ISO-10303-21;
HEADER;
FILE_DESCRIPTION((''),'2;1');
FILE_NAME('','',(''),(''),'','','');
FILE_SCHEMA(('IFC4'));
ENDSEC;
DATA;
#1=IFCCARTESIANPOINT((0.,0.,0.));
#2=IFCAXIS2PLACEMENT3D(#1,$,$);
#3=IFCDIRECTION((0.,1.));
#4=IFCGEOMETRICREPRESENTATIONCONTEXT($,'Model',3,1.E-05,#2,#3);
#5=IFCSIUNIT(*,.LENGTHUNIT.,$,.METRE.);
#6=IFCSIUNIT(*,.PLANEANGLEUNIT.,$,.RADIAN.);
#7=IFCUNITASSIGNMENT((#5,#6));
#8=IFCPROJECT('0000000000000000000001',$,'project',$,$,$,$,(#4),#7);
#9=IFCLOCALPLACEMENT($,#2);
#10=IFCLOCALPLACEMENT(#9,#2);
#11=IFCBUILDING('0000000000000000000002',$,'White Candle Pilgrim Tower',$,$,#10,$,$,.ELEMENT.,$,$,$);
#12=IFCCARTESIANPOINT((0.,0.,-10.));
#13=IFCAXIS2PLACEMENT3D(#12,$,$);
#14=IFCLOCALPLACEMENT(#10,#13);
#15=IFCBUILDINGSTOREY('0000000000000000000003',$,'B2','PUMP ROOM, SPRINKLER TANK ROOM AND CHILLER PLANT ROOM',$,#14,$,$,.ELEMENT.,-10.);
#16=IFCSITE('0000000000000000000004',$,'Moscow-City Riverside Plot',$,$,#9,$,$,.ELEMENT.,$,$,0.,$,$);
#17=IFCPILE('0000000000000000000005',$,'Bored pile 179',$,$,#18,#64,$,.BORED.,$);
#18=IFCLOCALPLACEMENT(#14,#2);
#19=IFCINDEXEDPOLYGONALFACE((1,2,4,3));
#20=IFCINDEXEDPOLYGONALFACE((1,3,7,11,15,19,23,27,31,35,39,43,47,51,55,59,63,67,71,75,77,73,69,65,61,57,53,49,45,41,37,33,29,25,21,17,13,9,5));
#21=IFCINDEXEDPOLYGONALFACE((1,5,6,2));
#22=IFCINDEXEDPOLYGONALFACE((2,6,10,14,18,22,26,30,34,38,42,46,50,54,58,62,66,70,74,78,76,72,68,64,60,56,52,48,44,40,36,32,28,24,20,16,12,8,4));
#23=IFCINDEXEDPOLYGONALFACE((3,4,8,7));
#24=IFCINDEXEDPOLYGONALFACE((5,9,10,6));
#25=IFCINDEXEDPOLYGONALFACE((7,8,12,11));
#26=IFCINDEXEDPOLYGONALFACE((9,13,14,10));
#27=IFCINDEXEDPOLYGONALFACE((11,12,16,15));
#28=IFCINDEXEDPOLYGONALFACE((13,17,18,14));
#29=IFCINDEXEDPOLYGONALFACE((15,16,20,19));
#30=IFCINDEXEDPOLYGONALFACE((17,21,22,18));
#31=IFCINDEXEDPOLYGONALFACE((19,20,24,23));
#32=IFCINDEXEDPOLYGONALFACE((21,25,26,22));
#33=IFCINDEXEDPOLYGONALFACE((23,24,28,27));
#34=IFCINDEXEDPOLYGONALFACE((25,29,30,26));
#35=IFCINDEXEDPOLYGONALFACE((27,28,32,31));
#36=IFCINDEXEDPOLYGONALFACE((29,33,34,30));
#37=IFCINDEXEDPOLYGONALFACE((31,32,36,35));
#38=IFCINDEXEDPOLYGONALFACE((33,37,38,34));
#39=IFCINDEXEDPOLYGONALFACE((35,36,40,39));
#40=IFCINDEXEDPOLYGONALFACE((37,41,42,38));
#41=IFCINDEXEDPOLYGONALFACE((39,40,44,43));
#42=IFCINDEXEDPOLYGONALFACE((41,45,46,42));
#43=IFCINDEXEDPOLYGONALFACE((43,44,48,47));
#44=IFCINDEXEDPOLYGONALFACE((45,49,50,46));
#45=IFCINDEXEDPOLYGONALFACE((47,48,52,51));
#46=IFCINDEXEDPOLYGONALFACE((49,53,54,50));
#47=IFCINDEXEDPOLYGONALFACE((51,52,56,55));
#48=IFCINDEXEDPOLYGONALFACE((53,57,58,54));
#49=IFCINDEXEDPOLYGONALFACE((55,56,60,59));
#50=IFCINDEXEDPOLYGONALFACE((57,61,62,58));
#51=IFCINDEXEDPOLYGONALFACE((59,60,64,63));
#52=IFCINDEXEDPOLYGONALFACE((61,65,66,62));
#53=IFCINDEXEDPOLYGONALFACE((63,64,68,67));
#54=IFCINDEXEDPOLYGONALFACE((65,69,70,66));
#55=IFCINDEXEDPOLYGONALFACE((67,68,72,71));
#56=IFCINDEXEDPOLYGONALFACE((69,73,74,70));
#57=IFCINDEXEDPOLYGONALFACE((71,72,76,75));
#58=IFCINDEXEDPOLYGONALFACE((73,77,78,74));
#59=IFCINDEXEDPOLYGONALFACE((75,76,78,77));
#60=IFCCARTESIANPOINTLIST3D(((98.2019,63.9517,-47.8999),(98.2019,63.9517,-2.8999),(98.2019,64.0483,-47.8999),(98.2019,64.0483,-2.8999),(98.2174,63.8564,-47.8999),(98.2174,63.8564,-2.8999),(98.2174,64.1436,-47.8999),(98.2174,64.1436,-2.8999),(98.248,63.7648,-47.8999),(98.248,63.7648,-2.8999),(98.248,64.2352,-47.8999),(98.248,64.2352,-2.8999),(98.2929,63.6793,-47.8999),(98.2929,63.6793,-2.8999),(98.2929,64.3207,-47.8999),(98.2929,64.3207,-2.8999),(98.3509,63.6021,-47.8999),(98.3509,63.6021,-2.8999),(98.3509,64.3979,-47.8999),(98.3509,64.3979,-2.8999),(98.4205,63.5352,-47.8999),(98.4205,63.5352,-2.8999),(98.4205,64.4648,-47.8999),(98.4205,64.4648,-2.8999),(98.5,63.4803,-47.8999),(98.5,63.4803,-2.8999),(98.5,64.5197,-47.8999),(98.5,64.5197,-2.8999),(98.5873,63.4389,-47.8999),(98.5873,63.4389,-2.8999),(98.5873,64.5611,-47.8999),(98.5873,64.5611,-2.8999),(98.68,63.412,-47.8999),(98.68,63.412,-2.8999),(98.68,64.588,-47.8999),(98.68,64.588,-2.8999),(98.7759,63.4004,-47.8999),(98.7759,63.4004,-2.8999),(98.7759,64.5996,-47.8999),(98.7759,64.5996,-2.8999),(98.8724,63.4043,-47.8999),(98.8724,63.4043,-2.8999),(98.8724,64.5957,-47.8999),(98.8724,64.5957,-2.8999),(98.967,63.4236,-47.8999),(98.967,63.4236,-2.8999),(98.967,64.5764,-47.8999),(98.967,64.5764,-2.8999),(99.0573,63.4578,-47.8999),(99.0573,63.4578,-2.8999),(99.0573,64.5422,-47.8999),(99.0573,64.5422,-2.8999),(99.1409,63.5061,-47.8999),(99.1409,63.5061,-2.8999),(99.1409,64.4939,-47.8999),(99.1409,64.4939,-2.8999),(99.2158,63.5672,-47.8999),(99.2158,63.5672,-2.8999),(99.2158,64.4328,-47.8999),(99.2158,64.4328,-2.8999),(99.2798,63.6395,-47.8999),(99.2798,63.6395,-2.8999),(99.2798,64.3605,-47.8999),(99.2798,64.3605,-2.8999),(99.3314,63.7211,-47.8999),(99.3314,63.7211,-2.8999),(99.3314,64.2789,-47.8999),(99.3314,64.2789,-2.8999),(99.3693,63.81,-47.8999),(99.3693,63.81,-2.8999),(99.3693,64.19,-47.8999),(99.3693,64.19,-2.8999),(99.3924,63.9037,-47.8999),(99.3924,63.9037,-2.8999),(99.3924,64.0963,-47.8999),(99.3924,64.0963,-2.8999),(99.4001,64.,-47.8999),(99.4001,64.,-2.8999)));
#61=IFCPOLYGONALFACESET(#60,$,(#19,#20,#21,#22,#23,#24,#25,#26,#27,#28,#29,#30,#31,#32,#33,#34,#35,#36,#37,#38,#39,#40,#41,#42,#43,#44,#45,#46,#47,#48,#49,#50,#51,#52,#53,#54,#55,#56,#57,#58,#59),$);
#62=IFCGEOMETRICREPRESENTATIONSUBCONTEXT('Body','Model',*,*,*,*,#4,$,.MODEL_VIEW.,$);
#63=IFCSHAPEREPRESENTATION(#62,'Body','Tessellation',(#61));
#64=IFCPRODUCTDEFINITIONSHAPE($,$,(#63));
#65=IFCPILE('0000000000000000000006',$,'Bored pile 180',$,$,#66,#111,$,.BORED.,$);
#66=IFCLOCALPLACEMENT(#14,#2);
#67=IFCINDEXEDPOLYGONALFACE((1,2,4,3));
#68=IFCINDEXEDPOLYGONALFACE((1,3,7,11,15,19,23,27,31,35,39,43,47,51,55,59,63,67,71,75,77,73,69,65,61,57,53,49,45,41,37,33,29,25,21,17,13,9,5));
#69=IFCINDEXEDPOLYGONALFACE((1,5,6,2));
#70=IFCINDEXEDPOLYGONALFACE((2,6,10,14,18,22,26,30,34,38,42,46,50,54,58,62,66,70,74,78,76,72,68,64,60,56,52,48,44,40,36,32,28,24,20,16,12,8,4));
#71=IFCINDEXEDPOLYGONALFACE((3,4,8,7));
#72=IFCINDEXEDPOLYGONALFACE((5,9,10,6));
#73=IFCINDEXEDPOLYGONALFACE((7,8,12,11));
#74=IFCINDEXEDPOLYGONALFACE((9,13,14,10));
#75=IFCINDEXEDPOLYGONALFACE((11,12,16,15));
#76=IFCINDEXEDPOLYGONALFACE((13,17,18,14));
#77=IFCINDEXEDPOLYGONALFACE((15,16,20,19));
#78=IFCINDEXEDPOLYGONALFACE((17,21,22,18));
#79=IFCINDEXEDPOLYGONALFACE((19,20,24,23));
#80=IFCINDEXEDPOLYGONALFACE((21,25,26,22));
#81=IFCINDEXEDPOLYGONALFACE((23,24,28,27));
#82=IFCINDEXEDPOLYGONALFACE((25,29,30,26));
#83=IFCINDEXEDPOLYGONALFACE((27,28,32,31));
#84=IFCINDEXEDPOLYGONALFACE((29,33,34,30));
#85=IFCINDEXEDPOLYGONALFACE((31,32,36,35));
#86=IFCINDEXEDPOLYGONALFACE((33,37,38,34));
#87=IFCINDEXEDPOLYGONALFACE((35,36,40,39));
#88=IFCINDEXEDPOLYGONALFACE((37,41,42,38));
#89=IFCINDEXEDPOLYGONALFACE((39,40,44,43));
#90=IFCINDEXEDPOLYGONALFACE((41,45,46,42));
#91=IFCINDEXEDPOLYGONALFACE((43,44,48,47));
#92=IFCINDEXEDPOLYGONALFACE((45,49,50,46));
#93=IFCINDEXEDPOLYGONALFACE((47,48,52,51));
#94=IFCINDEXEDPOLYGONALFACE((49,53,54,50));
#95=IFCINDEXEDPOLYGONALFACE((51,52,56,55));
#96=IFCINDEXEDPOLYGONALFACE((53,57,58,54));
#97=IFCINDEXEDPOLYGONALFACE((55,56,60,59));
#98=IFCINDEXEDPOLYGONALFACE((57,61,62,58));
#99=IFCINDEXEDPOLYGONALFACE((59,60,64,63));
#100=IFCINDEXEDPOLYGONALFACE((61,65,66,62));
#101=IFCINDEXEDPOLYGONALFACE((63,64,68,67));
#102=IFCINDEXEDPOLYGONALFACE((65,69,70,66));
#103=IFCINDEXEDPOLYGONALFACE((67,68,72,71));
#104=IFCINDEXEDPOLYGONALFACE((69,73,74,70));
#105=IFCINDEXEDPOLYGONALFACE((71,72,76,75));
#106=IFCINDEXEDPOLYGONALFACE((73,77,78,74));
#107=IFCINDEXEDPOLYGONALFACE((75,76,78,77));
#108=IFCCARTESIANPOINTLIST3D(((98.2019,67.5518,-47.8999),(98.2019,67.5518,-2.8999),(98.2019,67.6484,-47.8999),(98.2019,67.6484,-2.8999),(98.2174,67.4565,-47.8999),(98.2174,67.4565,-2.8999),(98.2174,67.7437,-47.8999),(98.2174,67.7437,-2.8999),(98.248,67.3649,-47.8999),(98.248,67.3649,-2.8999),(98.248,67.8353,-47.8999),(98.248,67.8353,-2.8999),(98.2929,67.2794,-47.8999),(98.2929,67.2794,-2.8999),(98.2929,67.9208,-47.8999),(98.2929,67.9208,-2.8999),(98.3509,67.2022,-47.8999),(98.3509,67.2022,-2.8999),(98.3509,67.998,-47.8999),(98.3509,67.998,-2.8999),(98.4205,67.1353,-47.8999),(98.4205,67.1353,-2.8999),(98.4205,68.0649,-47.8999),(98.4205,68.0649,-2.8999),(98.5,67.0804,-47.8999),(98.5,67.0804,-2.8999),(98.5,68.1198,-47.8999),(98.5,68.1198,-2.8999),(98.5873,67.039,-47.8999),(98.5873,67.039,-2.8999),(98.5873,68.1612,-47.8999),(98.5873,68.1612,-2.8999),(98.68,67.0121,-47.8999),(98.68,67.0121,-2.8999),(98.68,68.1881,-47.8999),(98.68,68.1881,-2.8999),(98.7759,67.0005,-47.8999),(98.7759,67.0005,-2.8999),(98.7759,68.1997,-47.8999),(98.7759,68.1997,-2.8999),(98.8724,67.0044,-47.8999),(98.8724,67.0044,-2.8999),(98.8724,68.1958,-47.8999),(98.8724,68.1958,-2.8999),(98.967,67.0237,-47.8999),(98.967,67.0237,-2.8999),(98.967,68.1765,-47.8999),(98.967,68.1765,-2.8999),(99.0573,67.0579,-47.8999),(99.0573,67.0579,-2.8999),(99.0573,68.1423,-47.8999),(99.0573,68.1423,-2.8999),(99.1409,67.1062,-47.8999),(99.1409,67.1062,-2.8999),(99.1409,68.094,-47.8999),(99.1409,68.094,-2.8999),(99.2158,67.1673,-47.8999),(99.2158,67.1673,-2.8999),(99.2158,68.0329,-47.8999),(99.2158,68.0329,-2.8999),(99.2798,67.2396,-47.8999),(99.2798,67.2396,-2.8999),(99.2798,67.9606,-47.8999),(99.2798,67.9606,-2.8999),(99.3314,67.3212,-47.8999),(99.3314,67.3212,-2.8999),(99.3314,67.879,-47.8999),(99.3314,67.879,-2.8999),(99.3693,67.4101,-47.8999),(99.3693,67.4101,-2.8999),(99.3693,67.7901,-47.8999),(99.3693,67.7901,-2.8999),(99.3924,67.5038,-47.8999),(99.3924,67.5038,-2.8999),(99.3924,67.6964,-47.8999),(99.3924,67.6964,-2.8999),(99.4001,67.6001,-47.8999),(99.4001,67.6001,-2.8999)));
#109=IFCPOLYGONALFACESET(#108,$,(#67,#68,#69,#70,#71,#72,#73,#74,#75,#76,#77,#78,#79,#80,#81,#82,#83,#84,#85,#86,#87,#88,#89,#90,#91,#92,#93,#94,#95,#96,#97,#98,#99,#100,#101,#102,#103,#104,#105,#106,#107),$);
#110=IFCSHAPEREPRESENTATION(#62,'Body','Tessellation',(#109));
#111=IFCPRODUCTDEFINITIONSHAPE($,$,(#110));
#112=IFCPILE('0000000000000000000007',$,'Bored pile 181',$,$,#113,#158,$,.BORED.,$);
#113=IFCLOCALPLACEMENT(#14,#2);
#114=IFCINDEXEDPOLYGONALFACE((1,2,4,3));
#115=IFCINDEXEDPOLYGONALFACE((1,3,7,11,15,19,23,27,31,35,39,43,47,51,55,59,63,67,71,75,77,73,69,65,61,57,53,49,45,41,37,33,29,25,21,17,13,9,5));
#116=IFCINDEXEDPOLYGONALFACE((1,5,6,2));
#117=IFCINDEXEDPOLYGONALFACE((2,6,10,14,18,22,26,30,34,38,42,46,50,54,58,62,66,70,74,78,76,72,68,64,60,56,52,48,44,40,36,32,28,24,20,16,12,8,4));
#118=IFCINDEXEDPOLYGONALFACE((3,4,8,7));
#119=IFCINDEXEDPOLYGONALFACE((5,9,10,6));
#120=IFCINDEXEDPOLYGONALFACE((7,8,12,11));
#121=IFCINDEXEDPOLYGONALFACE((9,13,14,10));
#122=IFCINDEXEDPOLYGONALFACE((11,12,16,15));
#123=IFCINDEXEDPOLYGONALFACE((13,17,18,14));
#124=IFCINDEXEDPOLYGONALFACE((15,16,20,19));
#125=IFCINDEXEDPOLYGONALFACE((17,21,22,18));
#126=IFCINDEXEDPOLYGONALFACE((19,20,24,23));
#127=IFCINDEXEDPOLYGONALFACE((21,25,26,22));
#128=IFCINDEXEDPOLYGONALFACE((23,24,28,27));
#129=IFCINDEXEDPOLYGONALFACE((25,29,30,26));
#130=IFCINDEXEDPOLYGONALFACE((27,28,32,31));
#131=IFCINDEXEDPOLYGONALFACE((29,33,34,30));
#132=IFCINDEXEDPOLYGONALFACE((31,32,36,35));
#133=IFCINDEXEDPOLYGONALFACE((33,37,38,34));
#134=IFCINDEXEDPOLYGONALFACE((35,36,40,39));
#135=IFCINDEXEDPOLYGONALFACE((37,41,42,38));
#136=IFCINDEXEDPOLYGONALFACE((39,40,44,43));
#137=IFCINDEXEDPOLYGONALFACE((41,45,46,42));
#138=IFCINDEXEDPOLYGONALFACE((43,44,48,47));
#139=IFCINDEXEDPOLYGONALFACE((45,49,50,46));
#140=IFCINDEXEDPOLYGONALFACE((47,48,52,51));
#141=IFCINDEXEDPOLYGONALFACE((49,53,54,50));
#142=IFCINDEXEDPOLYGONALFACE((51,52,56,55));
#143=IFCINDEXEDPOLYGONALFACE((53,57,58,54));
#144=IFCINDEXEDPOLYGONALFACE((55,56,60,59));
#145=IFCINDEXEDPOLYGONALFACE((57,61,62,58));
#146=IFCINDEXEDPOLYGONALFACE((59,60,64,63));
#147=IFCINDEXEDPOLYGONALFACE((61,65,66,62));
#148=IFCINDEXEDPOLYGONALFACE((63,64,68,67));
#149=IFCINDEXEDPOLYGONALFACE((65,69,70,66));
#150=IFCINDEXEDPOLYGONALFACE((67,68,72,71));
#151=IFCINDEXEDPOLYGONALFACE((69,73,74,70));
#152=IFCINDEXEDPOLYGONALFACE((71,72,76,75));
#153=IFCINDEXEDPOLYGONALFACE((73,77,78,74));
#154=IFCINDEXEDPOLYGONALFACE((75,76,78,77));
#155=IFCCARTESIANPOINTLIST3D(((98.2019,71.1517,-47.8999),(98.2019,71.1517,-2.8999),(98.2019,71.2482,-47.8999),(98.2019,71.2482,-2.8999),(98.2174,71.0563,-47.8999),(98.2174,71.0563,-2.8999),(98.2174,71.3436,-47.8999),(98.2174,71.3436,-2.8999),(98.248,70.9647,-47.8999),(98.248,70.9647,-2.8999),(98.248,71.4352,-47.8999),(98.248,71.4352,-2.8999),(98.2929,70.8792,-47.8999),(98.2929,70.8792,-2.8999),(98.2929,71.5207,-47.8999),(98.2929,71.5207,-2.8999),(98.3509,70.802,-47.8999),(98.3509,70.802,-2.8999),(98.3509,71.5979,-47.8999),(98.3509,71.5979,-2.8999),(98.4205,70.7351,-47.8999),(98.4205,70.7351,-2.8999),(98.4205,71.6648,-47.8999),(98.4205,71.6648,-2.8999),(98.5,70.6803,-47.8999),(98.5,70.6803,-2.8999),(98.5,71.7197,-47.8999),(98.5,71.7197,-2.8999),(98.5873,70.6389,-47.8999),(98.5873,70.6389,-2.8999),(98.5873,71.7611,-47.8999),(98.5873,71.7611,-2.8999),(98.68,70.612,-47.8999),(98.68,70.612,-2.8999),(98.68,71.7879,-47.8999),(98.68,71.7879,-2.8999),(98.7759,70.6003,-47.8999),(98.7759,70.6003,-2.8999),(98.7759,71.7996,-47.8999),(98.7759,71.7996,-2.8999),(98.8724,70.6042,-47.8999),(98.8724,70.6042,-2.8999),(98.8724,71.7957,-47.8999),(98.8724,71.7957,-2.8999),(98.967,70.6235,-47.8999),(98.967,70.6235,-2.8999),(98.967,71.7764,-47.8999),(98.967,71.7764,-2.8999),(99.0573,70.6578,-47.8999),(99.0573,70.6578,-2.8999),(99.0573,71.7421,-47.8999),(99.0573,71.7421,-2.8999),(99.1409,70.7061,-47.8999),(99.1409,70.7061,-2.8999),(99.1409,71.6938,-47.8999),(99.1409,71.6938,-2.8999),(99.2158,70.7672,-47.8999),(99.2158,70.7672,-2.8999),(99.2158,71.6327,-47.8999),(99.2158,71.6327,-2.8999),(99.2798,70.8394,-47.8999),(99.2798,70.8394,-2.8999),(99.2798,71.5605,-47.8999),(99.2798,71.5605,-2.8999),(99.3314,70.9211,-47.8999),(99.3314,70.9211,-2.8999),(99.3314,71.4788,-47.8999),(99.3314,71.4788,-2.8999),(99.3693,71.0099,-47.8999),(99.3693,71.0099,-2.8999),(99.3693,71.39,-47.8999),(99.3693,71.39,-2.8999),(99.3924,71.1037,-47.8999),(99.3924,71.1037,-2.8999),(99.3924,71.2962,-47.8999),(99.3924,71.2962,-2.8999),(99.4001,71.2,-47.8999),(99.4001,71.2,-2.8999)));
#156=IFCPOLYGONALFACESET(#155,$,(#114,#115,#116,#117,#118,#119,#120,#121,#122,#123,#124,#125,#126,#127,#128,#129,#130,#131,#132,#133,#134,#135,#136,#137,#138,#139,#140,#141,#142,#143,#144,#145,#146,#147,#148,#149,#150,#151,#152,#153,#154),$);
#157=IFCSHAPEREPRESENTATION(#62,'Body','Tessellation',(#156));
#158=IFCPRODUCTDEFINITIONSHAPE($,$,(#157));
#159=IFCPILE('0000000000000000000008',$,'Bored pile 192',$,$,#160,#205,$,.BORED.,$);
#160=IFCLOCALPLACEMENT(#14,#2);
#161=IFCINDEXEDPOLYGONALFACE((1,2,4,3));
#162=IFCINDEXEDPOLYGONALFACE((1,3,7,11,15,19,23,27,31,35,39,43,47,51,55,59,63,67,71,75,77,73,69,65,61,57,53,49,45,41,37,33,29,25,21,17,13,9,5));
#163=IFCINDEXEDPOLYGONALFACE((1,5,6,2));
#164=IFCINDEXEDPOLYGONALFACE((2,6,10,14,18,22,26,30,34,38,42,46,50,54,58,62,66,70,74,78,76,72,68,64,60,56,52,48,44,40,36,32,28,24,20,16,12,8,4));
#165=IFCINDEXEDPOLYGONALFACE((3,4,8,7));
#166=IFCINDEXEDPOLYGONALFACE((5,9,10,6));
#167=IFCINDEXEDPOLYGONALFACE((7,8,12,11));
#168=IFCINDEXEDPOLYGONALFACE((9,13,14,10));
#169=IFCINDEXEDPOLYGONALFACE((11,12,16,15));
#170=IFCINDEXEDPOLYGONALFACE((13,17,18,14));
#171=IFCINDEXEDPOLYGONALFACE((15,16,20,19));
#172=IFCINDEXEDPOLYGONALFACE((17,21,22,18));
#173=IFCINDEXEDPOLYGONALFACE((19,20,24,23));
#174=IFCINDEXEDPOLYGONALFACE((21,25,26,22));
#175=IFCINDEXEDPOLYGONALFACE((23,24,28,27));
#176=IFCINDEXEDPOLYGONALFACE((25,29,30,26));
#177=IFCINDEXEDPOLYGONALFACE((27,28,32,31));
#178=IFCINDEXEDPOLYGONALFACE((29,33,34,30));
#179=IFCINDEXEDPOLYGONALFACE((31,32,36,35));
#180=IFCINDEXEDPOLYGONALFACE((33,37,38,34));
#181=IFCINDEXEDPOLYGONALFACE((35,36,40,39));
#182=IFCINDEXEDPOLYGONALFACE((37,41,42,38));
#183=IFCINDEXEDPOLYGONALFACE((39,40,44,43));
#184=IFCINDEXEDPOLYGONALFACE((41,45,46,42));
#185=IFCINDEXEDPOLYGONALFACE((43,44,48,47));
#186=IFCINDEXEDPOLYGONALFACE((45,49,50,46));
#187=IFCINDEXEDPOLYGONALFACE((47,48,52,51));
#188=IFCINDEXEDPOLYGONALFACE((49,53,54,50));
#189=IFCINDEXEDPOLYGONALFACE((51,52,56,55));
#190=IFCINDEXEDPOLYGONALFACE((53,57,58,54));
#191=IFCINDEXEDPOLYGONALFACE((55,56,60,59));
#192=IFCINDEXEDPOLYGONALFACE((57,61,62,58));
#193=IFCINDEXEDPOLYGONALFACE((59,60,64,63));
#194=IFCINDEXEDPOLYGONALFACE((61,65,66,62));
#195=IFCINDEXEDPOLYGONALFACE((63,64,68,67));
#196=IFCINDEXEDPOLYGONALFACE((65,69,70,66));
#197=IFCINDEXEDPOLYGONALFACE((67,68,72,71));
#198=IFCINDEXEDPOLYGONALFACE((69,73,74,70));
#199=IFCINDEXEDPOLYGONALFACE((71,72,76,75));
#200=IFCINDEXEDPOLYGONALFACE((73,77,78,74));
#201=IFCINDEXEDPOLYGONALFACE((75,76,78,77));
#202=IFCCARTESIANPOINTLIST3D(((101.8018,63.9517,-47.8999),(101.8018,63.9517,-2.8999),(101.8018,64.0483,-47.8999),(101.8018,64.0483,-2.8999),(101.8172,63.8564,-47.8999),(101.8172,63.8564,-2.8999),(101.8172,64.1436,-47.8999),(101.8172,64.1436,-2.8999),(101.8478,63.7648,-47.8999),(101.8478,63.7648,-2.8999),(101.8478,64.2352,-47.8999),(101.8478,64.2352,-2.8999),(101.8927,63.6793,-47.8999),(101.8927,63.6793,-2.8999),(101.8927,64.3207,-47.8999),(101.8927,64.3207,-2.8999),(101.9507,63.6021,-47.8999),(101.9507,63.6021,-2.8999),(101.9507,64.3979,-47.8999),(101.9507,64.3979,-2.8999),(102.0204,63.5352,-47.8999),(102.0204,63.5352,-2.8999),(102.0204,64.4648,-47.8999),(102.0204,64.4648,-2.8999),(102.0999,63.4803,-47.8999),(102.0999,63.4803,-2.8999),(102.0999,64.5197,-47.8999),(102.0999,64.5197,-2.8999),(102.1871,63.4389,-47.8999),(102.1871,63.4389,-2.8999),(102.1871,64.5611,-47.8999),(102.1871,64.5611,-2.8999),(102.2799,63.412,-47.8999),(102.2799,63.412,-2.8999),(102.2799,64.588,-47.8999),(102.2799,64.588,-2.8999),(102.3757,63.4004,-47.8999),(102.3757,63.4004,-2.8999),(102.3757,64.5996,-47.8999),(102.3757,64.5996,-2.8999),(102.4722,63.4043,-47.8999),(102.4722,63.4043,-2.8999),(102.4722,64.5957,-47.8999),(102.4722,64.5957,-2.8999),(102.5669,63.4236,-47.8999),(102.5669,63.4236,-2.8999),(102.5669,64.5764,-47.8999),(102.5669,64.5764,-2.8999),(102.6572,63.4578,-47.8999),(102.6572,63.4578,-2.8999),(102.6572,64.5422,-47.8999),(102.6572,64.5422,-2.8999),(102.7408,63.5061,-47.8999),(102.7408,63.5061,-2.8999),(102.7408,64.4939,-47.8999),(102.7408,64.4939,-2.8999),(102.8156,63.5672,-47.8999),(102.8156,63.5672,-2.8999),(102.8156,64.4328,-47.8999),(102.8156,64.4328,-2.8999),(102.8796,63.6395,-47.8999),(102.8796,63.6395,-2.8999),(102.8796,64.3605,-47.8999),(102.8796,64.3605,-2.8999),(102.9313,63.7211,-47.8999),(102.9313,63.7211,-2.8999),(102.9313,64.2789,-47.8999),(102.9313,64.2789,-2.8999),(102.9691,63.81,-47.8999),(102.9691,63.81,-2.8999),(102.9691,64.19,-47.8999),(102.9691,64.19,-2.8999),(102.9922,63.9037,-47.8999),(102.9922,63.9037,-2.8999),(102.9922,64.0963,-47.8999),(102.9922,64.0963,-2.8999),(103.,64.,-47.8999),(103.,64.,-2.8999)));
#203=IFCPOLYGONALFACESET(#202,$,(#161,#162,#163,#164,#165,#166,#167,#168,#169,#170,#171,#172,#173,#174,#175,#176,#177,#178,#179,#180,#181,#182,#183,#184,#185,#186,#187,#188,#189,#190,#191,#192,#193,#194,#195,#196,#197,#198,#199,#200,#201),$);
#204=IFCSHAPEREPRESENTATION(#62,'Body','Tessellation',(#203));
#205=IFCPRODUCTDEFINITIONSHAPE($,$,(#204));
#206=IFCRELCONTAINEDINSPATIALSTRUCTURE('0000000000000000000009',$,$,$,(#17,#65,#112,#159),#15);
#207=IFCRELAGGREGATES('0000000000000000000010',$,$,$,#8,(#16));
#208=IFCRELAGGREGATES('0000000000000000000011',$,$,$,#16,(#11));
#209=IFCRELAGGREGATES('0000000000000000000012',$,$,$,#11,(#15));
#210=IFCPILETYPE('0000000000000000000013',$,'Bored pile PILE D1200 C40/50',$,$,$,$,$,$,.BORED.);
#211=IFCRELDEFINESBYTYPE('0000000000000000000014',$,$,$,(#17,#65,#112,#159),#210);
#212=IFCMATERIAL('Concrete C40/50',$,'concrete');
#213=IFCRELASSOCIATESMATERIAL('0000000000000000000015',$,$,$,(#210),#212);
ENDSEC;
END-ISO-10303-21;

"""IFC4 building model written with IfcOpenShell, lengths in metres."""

from ifc_helpers import new_model, si_unit, direction, frame, origin, origin_2d, place, context, subcontext, project, spatial, circle, extrude, material, material_profile, profile_set, type_object, element, save


model = new_model("IFC4")

# Units and contexts
model_context = context("Model", 3, precision=1e-05, world=origin(), true_north=direction((0.0, 1.0)))
body_context = subcontext(model_context, "Body", "Model", "MODEL_VIEW")
ifc_project = project(units=[si_unit("LENGTHUNIT", "METRE"), si_unit("PLANEANGLEUNIT", "RADIAN")], contexts=[model_context])

# Site, building, storey
site_placement = place(None, origin())
site = spatial("IfcSite", under=ifc_project, at=site_placement, Name="Moscow-City Riverside Plot", CompositionType="ELEMENT", RefElevation=0.0)
building_placement = place(site_placement, origin())
building = spatial("IfcBuilding", under=site, at=building_placement, Name="White Candle Pilgrim Tower", CompositionType="ELEMENT")
storey_placement = place(building_placement, frame((0.0, 0.0, -10.0)))
storey = spatial("IfcBuildingStorey", under=building, at=storey_placement, Name="B2", Description="PUMP ROOM, SPRINKLER TANK ROOM AND CHILLER PLANT ROOM", CompositionType="ELEMENT", Elevation=-10.0)

# Piles
ifc_material_1 = material(Name="Concrete C40/50", Category="concrete")
ifc_material_profile_1 = material_profile(ifc_material_1, circle(Radius=0.6001, at=origin_2d()), Name="PILE D1200")
ifc_profile_set_1 = profile_set([ifc_material_profile_1], Name="Concrete C40/50")
pile_type_1 = type_object("IfcPileType", Name="Bored pile PILE D1200 C40/50", PredefinedType="BORED", material=ifc_profile_set_1)
for number, where, z_axis, x_axis, name in (
    (1, (98.8, 64.0, -2.8999), (0.0, 0.0, -1.0), (1.0, 0.0, 0.0), "Bored pile 179"),
    (2, (98.8, 67.6001, -2.8999), (0.0, 0.0, -1.0), (1.0, 0.0, 0.0), "Bored pile 180"),
    (3, (98.8, 71.2, -2.8999), (0.0, 0.0, -1.0), (1.0, 0.0, 0.0), "Bored pile 181"),
    (4, (102.3999, 64.0, -2.8999), (0.0, 0.0, -1.0), (1.0, 0.0, 0.0), "Bored pile 192"),
):
    element("IfcPile", number, at=place(storey_placement, frame(where, z_axis=z_axis, x_axis=x_axis)), inside=storey, type_object=pile_type_1, Name=name, PredefinedType="BORED", context=body_context, shape_type="SweptSolid", body=[
        extrude(circle(Radius=0.6001, at=origin_2d()), origin(), (0.0, 0.0, 1.0), 45.0),
    ])

save(model, "model.ifc")
